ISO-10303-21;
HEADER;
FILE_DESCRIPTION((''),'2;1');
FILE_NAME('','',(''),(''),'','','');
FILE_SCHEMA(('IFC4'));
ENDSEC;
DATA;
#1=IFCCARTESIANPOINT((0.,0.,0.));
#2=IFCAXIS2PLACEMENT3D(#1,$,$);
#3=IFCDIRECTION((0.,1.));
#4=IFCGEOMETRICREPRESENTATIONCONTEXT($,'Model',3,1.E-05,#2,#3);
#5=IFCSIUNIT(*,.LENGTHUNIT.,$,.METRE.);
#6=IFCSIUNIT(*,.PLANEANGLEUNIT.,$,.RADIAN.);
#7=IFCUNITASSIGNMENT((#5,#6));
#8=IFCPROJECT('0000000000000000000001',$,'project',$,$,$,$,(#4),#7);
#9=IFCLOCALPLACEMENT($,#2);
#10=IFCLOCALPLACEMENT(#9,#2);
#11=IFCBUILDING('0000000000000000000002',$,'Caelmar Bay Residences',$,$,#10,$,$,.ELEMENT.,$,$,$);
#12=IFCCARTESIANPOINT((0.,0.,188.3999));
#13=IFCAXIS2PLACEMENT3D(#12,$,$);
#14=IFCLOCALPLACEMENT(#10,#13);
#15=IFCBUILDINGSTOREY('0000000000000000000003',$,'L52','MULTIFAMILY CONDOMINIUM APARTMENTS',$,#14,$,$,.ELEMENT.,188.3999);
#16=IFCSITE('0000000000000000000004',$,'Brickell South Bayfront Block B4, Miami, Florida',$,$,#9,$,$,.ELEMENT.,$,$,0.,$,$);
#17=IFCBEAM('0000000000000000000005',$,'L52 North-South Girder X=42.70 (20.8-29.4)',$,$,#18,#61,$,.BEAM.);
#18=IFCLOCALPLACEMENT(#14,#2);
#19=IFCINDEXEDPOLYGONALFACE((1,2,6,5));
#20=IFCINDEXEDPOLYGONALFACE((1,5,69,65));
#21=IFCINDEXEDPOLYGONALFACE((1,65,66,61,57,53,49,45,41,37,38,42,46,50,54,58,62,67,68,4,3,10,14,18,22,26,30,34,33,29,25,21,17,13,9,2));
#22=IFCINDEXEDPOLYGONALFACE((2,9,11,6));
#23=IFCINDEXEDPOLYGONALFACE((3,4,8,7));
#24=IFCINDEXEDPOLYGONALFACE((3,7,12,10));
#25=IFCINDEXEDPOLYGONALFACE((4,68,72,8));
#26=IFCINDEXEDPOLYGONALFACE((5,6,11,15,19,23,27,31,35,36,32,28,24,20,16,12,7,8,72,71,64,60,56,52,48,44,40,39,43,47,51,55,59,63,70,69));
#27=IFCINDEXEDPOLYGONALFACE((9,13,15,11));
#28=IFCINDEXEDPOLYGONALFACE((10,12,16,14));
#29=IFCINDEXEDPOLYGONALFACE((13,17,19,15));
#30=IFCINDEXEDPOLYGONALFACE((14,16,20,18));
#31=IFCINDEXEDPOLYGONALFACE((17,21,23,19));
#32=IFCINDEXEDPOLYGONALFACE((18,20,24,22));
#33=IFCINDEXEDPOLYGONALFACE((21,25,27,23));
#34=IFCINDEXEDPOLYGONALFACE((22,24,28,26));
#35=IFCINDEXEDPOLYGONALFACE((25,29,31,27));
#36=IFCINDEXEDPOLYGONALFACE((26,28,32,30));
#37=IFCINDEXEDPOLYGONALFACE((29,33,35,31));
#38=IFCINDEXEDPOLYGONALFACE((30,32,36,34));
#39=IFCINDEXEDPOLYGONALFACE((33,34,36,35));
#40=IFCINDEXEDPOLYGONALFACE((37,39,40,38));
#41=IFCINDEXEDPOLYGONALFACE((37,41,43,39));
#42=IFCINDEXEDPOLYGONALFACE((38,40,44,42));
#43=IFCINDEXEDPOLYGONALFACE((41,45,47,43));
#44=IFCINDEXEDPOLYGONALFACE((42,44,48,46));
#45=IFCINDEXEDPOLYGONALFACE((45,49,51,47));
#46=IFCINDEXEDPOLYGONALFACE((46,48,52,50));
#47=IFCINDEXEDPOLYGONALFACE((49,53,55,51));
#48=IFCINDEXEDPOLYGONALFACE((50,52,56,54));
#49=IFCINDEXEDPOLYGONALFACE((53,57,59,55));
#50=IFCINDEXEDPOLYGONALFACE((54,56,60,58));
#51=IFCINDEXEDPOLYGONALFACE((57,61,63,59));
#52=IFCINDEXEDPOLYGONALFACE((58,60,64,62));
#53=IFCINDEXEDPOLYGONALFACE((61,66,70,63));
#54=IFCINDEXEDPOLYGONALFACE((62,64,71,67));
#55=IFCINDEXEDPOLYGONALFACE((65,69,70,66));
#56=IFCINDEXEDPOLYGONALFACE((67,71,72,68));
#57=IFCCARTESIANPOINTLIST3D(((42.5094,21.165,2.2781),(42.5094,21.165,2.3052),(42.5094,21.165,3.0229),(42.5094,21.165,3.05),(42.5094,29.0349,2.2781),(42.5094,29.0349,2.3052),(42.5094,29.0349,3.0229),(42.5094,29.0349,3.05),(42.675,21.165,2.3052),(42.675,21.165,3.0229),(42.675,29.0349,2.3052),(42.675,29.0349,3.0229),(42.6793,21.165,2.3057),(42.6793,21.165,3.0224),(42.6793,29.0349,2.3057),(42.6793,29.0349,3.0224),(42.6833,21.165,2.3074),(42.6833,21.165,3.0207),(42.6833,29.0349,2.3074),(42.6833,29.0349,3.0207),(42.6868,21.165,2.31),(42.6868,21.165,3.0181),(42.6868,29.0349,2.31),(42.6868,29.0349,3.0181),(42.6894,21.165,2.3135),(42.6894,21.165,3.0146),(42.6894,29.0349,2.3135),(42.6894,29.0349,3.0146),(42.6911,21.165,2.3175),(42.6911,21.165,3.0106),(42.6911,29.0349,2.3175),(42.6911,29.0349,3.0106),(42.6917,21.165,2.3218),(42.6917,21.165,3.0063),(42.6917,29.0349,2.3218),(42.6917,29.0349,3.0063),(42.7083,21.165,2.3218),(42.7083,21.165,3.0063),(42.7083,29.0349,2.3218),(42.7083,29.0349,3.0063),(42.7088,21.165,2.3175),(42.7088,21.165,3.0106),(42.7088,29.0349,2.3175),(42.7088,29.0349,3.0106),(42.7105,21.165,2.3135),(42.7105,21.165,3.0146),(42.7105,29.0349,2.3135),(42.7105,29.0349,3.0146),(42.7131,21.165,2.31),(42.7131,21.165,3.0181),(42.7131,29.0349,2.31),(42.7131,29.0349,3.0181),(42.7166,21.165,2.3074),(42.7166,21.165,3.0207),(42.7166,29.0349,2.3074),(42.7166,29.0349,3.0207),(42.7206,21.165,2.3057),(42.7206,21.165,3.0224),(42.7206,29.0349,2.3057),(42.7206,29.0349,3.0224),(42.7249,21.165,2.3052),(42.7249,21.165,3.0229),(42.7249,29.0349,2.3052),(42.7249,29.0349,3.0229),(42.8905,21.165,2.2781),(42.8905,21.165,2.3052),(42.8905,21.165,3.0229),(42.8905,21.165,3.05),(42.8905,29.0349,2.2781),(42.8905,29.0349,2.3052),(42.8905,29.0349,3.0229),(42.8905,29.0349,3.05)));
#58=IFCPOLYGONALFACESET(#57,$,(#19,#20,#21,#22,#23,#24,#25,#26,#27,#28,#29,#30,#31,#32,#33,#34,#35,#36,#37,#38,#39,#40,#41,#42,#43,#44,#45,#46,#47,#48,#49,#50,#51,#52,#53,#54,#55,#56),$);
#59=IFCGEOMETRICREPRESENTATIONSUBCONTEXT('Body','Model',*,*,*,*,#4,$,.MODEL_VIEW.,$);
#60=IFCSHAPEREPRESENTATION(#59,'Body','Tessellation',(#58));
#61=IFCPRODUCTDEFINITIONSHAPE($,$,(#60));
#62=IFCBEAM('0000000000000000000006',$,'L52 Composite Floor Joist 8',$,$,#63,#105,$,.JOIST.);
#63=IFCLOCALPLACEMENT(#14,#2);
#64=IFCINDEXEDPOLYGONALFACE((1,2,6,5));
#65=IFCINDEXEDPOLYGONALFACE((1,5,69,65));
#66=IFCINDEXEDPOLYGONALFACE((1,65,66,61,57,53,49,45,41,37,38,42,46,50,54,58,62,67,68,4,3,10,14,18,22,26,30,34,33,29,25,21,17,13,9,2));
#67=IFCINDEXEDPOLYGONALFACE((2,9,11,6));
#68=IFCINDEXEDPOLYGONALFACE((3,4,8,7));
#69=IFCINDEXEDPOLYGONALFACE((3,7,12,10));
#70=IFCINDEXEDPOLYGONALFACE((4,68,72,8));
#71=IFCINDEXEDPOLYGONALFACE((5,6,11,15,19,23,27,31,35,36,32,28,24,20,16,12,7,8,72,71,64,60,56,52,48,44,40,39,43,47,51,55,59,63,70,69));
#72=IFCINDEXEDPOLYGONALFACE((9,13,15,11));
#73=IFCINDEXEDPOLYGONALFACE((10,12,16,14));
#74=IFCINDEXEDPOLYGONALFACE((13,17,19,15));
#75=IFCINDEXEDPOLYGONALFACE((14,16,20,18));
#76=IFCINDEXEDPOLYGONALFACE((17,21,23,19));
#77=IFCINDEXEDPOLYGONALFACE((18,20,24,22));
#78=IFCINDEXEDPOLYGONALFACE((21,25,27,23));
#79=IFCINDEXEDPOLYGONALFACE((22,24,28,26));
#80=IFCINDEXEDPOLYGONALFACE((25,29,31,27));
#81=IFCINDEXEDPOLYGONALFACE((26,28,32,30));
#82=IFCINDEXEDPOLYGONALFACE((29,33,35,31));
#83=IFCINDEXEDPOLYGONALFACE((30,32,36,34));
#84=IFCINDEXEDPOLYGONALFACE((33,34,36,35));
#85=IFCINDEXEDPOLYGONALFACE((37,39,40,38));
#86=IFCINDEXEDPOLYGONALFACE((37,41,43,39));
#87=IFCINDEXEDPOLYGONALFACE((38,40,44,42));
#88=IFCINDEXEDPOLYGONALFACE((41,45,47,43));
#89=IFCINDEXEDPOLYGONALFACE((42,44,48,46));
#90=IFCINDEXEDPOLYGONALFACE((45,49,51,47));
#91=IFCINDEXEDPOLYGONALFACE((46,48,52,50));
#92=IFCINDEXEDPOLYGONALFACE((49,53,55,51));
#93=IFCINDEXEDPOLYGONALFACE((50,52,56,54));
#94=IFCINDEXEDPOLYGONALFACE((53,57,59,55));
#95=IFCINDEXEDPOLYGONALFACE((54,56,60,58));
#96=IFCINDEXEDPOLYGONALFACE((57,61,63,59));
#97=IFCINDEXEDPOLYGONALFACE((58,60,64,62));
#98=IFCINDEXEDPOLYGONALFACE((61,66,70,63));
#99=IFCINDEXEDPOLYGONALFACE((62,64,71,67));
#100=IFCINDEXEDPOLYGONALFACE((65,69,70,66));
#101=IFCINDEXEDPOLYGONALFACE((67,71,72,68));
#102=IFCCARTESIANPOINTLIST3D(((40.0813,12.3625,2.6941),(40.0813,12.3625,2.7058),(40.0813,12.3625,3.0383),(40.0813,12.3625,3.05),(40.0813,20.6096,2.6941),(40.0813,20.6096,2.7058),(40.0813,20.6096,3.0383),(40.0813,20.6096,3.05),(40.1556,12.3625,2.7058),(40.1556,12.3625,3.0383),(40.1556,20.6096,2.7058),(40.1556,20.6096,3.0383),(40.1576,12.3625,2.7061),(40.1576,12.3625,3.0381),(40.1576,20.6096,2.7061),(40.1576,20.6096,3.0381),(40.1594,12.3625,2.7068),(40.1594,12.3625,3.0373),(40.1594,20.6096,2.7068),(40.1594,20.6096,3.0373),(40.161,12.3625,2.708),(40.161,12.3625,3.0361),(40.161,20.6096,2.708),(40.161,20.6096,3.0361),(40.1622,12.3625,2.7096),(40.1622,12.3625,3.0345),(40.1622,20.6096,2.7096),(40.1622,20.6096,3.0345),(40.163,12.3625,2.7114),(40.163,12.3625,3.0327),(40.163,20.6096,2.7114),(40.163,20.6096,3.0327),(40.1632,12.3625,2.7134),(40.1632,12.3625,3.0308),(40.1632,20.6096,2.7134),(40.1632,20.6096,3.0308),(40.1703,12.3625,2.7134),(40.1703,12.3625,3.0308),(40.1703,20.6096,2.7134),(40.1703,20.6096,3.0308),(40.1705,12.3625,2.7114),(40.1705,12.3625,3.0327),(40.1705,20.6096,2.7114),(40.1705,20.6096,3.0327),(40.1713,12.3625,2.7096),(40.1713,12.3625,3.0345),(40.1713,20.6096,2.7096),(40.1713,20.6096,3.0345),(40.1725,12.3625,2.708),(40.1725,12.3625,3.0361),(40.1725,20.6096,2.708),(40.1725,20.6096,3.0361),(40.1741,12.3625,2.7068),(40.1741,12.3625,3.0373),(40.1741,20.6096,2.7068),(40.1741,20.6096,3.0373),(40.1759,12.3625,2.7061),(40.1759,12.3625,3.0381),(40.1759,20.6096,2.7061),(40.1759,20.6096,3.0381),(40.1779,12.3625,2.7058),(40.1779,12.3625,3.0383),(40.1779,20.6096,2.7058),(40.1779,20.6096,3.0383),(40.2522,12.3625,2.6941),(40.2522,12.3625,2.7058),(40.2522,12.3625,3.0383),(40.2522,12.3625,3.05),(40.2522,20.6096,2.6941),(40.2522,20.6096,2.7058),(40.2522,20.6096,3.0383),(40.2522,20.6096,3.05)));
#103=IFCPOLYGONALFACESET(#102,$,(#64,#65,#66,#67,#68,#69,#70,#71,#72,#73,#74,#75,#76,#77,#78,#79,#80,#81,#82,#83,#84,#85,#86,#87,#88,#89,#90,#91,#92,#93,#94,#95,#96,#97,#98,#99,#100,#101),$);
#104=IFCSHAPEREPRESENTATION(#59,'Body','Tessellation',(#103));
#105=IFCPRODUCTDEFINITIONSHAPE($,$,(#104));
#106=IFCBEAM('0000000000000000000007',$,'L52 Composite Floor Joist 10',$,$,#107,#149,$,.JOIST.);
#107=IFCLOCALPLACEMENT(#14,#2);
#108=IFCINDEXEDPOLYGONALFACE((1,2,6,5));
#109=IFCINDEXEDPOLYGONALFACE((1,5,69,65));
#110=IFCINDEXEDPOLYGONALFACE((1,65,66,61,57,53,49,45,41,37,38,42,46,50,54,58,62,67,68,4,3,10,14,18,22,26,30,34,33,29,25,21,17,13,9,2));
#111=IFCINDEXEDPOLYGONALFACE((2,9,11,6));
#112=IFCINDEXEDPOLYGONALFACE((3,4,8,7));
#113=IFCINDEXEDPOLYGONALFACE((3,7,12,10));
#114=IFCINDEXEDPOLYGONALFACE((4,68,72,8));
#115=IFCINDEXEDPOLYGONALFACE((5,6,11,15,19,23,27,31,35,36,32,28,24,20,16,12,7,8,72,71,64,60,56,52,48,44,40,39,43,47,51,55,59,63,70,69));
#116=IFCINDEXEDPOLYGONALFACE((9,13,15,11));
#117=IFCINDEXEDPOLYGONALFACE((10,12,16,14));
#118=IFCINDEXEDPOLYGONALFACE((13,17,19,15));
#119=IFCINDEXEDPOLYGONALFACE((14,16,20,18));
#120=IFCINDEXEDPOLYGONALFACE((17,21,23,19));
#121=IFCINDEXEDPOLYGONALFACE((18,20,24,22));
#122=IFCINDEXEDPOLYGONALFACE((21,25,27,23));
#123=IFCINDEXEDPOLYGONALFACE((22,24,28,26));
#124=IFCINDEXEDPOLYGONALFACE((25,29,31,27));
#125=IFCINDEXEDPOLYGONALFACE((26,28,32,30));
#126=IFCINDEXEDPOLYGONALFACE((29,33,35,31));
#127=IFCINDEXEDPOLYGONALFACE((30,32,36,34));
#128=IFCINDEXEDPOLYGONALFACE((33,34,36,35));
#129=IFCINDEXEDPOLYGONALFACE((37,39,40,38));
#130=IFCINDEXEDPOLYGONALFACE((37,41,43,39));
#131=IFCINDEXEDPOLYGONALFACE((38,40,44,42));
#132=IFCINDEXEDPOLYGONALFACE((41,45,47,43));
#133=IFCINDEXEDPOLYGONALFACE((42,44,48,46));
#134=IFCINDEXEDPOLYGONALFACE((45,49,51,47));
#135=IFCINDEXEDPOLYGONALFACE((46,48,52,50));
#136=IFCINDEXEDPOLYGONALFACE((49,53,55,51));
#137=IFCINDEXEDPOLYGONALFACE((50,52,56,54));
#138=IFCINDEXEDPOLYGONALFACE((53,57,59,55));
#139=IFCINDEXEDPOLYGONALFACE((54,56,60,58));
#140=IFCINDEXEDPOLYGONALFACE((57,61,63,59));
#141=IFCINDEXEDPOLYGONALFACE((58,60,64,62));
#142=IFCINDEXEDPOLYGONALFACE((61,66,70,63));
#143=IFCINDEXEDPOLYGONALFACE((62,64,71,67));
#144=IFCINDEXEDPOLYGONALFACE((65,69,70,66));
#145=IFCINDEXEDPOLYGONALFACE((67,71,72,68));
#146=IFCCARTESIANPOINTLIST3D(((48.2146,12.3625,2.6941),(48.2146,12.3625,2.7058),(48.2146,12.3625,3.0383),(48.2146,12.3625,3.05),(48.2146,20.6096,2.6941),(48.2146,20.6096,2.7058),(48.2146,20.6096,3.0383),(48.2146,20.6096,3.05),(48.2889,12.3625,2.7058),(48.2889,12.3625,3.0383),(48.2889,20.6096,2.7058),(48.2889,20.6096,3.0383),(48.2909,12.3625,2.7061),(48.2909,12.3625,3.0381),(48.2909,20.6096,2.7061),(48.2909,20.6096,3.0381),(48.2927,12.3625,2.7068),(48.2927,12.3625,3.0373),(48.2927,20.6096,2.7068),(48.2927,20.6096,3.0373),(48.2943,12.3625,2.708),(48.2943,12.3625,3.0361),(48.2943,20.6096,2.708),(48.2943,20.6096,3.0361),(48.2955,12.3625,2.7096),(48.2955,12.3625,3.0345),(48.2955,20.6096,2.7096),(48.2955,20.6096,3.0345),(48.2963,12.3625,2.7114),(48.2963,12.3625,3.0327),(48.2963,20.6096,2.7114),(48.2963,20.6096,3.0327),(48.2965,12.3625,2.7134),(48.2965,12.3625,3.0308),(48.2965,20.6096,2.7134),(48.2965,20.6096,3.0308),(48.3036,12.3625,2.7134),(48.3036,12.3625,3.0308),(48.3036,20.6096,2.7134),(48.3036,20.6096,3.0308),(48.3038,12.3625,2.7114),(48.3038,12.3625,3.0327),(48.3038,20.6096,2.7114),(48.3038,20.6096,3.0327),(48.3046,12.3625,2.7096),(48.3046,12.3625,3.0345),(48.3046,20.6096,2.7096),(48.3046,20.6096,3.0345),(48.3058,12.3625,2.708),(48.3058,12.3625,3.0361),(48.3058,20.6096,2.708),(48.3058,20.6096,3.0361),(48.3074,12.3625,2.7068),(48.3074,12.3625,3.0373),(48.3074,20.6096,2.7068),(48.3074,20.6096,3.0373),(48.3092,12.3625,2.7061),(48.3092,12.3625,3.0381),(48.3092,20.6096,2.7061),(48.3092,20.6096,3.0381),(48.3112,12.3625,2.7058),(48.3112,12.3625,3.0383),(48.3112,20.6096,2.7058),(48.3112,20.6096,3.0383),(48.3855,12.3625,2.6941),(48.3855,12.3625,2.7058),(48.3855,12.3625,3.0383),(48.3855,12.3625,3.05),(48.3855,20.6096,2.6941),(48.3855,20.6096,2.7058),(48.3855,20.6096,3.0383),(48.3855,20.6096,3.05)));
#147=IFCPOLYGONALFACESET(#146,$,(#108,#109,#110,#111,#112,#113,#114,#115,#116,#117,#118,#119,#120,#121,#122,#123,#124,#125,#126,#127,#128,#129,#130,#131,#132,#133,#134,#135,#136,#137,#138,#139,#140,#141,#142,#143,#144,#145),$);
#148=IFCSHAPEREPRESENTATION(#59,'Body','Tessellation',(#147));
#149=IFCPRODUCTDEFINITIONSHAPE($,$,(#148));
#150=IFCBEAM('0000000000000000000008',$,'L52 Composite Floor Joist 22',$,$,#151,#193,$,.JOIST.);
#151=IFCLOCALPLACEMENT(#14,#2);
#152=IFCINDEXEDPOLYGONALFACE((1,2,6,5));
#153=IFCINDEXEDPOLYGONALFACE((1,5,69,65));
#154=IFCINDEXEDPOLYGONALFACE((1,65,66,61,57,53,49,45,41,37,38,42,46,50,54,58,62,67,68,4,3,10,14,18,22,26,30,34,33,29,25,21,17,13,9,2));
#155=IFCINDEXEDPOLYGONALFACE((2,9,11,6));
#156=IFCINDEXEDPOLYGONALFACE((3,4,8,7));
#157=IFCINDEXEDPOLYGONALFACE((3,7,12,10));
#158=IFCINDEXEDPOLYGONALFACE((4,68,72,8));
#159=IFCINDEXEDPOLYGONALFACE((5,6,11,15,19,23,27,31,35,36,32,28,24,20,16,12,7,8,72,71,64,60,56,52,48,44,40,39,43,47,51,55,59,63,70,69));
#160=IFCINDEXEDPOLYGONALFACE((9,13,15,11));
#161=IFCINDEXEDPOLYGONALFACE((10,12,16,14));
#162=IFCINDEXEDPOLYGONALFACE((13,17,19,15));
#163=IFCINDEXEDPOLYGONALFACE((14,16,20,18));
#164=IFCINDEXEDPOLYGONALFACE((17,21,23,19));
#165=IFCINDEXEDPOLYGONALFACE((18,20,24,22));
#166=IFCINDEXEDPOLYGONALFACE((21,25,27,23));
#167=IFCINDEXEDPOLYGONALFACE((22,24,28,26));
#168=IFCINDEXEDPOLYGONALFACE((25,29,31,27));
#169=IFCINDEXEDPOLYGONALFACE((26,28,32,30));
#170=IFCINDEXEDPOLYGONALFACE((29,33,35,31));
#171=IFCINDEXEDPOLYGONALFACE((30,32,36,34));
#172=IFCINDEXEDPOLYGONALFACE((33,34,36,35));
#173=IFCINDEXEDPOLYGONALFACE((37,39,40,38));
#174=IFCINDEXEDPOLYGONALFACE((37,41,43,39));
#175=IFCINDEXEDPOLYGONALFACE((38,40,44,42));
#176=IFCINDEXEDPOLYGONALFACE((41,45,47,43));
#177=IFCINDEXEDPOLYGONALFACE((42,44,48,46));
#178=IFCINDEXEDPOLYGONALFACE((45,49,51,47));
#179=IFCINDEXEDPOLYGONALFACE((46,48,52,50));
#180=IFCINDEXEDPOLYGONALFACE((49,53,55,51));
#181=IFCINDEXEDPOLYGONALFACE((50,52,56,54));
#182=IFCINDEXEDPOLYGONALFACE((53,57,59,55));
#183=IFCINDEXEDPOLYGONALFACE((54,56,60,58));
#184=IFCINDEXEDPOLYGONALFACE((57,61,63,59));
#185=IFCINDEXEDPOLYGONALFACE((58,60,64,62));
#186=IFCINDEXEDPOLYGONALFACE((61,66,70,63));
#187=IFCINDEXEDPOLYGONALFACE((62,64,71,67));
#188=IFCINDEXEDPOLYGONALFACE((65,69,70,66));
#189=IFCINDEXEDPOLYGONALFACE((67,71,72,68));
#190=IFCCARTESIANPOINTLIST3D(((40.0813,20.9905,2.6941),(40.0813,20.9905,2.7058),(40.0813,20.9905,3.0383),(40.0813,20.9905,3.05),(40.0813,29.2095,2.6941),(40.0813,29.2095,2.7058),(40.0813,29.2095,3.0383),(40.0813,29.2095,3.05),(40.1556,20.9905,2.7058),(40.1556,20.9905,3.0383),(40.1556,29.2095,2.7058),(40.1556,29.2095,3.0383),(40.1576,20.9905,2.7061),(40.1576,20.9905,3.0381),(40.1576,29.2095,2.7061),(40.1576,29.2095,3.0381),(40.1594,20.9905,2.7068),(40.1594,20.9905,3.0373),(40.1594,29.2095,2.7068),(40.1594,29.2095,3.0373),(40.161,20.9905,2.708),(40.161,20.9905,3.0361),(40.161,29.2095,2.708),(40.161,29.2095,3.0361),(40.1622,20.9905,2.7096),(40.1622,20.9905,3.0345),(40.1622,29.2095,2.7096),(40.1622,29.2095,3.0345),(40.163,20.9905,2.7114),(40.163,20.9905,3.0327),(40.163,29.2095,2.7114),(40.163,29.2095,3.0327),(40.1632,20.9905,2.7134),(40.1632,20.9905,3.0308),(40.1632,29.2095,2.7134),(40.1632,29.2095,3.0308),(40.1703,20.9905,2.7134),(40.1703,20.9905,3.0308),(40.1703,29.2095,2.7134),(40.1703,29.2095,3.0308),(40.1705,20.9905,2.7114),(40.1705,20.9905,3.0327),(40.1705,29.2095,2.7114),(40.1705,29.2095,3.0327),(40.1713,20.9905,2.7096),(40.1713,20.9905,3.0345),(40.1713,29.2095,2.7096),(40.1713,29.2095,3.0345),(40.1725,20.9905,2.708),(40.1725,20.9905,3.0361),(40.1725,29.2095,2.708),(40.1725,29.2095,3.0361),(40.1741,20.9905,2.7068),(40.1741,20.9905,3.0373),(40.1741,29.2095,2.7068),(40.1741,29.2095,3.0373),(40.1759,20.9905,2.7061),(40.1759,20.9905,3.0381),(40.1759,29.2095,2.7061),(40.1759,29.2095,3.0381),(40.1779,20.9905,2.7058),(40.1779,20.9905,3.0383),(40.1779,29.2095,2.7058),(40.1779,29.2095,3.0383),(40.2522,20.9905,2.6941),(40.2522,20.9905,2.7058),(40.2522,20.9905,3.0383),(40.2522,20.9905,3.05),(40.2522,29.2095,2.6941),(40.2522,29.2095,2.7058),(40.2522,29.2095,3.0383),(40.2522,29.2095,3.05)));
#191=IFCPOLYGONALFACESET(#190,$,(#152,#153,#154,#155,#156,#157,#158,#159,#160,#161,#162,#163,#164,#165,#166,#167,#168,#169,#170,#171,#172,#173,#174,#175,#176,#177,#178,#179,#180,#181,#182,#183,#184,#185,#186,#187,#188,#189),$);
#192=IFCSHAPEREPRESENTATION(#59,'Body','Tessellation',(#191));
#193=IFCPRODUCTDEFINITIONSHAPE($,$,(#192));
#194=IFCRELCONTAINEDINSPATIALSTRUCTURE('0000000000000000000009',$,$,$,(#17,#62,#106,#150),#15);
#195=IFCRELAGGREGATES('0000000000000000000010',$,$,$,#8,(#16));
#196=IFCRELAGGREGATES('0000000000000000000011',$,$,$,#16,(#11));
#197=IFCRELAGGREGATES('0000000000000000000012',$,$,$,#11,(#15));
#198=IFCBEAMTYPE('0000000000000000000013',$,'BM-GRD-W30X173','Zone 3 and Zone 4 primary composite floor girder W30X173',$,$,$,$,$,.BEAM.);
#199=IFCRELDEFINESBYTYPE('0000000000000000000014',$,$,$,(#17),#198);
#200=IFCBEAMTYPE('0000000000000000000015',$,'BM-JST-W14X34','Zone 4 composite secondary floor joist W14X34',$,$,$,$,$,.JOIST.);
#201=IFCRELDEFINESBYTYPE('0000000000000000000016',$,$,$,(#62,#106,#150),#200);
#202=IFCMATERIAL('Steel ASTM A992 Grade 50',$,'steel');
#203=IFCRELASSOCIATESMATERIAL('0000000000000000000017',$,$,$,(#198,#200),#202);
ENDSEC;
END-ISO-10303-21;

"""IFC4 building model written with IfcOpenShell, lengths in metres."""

from ifc_helpers import new_model, si_unit, direction, frame, origin, origin_2d, place, context, subcontext, project, spatial, i_section, extrude, material, material_profile, profile_set, type_object, element, save


model = new_model("IFC4")

# Units and contexts
model_context = context("Model", 3, precision=1e-05, world=origin(), true_north=direction((0.0, 1.0)))
body_context = subcontext(model_context, "Body", "Model", "MODEL_VIEW")
ifc_project = project(units=[si_unit("LENGTHUNIT", "METRE"), si_unit("PLANEANGLEUNIT", "RADIAN")], contexts=[model_context])

# Site, building, storey
site_placement = place(None, origin())
site = spatial("IfcSite", under=ifc_project, at=site_placement, Name="Brickell South Bayfront Block B4, Miami, Florida", CompositionType="ELEMENT", RefElevation=0.0)
building_placement = place(site_placement, origin())
building = spatial("IfcBuilding", under=site, at=building_placement, Name="Caelmar Bay Residences", CompositionType="ELEMENT")
storey_placement = place(building_placement, frame((0.0, 0.0, 188.3999)))
storey = spatial("IfcBuildingStorey", under=building, at=storey_placement, Name="L52", Description="MULTIFAMILY CONDOMINIUM APARTMENTS", CompositionType="ELEMENT", Elevation=188.3999)

# Beams
ifc_material_1 = material(Name="Steel ASTM A992 Grade 50", Category="steel")
ifc_material_profile_1 = material_profile(ifc_material_1, i_section(OverallWidth=0.3811, OverallDepth=0.772, WebThickness=0.0166, FlangeThickness=0.0271, FilletRadius=0.0166, at=origin_2d()), Name="W30X173")
ifc_profile_set_1 = profile_set([ifc_material_profile_1], Name="Steel ASTM A992 Grade 50")
beam_type_1 = type_object("IfcBeamType", Name="BM-GRD-W30X173", Description="Zone 3 and Zone 4 primary composite floor girder W30X173", PredefinedType="BEAM", material=ifc_profile_set_1)
beam_1_placement = place(storey_placement, frame((42.7, 21.165, 2.6641), z_axis=(0.0, 1.0, 0.0), x_axis=(-1.0, 0.0, 0.0)))
element("IfcBeam", 1, at=beam_1_placement, inside=storey, type_object=beam_type_1, Name="L52 North-South Girder X=42.70 (20.8-29.4)", PredefinedType="BEAM", context=body_context, shape_type="SweptSolid", body=[
    extrude(i_section(OverallWidth=0.3811, OverallDepth=0.772, WebThickness=0.0166, FlangeThickness=0.0271, FilletRadius=0.0166, at=origin_2d()), origin(), (0.0, 0.0, 1.0), 7.8699),
])
ifc_material_profile_2 = material_profile(ifc_material_1, i_section(OverallWidth=0.1709, OverallDepth=0.356, WebThickness=0.0071, FlangeThickness=0.0117, FilletRadius=0.0076, at=origin_2d()), Name="W14X34")
ifc_profile_set_2 = profile_set([ifc_material_profile_2], Name="Steel ASTM A992 Grade 50")
beam_type_2 = type_object("IfcBeamType", Name="BM-JST-W14X34", Description="Zone 4 composite secondary floor joist W14X34", PredefinedType="JOIST", material=ifc_profile_set_2)
for number, where, z_axis, x_axis, name in (
    (2, (40.1667, 12.3625, 2.8721), (0.0, 1.0, 0.0), (-1.0, 0.0, 0.0), "L52 Composite Floor Joist 8"),
    (3, (48.3, 12.3625, 2.8721), (0.0, 1.0, 0.0), (-1.0, 0.0, 0.0), "L52 Composite Floor Joist 10"),
):
    element("IfcBeam", number, at=place(storey_placement, frame(where, z_axis=z_axis, x_axis=x_axis)), inside=storey, type_object=beam_type_2, Name=name, PredefinedType="JOIST", context=body_context, shape_type="SweptSolid", body=[
        extrude(i_section(OverallWidth=0.1709, OverallDepth=0.356, WebThickness=0.0071, FlangeThickness=0.0117, FilletRadius=0.0076, at=origin_2d()), origin(), (0.0, 0.0, 1.0), 8.2471),
    ])
for number, where, z_axis, x_axis, name in (
    (4, (40.1667, 20.9905, 2.8721), (0.0, 1.0, 0.0), (-1.0, 0.0, 0.0), "L52 Composite Floor Joist 22"),
):
    element("IfcBeam", number, at=place(storey_placement, frame(where, z_axis=z_axis, x_axis=x_axis)), inside=storey, type_object=beam_type_2, Name=name, PredefinedType="JOIST", context=body_context, shape_type="SweptSolid", body=[
        extrude(i_section(OverallWidth=0.1709, OverallDepth=0.356, WebThickness=0.0071, FlangeThickness=0.0117, FilletRadius=0.0076, at=origin_2d()), origin(), (0.0, 0.0, 1.0), 8.219),
    ])

save(model, "model.ifc")
